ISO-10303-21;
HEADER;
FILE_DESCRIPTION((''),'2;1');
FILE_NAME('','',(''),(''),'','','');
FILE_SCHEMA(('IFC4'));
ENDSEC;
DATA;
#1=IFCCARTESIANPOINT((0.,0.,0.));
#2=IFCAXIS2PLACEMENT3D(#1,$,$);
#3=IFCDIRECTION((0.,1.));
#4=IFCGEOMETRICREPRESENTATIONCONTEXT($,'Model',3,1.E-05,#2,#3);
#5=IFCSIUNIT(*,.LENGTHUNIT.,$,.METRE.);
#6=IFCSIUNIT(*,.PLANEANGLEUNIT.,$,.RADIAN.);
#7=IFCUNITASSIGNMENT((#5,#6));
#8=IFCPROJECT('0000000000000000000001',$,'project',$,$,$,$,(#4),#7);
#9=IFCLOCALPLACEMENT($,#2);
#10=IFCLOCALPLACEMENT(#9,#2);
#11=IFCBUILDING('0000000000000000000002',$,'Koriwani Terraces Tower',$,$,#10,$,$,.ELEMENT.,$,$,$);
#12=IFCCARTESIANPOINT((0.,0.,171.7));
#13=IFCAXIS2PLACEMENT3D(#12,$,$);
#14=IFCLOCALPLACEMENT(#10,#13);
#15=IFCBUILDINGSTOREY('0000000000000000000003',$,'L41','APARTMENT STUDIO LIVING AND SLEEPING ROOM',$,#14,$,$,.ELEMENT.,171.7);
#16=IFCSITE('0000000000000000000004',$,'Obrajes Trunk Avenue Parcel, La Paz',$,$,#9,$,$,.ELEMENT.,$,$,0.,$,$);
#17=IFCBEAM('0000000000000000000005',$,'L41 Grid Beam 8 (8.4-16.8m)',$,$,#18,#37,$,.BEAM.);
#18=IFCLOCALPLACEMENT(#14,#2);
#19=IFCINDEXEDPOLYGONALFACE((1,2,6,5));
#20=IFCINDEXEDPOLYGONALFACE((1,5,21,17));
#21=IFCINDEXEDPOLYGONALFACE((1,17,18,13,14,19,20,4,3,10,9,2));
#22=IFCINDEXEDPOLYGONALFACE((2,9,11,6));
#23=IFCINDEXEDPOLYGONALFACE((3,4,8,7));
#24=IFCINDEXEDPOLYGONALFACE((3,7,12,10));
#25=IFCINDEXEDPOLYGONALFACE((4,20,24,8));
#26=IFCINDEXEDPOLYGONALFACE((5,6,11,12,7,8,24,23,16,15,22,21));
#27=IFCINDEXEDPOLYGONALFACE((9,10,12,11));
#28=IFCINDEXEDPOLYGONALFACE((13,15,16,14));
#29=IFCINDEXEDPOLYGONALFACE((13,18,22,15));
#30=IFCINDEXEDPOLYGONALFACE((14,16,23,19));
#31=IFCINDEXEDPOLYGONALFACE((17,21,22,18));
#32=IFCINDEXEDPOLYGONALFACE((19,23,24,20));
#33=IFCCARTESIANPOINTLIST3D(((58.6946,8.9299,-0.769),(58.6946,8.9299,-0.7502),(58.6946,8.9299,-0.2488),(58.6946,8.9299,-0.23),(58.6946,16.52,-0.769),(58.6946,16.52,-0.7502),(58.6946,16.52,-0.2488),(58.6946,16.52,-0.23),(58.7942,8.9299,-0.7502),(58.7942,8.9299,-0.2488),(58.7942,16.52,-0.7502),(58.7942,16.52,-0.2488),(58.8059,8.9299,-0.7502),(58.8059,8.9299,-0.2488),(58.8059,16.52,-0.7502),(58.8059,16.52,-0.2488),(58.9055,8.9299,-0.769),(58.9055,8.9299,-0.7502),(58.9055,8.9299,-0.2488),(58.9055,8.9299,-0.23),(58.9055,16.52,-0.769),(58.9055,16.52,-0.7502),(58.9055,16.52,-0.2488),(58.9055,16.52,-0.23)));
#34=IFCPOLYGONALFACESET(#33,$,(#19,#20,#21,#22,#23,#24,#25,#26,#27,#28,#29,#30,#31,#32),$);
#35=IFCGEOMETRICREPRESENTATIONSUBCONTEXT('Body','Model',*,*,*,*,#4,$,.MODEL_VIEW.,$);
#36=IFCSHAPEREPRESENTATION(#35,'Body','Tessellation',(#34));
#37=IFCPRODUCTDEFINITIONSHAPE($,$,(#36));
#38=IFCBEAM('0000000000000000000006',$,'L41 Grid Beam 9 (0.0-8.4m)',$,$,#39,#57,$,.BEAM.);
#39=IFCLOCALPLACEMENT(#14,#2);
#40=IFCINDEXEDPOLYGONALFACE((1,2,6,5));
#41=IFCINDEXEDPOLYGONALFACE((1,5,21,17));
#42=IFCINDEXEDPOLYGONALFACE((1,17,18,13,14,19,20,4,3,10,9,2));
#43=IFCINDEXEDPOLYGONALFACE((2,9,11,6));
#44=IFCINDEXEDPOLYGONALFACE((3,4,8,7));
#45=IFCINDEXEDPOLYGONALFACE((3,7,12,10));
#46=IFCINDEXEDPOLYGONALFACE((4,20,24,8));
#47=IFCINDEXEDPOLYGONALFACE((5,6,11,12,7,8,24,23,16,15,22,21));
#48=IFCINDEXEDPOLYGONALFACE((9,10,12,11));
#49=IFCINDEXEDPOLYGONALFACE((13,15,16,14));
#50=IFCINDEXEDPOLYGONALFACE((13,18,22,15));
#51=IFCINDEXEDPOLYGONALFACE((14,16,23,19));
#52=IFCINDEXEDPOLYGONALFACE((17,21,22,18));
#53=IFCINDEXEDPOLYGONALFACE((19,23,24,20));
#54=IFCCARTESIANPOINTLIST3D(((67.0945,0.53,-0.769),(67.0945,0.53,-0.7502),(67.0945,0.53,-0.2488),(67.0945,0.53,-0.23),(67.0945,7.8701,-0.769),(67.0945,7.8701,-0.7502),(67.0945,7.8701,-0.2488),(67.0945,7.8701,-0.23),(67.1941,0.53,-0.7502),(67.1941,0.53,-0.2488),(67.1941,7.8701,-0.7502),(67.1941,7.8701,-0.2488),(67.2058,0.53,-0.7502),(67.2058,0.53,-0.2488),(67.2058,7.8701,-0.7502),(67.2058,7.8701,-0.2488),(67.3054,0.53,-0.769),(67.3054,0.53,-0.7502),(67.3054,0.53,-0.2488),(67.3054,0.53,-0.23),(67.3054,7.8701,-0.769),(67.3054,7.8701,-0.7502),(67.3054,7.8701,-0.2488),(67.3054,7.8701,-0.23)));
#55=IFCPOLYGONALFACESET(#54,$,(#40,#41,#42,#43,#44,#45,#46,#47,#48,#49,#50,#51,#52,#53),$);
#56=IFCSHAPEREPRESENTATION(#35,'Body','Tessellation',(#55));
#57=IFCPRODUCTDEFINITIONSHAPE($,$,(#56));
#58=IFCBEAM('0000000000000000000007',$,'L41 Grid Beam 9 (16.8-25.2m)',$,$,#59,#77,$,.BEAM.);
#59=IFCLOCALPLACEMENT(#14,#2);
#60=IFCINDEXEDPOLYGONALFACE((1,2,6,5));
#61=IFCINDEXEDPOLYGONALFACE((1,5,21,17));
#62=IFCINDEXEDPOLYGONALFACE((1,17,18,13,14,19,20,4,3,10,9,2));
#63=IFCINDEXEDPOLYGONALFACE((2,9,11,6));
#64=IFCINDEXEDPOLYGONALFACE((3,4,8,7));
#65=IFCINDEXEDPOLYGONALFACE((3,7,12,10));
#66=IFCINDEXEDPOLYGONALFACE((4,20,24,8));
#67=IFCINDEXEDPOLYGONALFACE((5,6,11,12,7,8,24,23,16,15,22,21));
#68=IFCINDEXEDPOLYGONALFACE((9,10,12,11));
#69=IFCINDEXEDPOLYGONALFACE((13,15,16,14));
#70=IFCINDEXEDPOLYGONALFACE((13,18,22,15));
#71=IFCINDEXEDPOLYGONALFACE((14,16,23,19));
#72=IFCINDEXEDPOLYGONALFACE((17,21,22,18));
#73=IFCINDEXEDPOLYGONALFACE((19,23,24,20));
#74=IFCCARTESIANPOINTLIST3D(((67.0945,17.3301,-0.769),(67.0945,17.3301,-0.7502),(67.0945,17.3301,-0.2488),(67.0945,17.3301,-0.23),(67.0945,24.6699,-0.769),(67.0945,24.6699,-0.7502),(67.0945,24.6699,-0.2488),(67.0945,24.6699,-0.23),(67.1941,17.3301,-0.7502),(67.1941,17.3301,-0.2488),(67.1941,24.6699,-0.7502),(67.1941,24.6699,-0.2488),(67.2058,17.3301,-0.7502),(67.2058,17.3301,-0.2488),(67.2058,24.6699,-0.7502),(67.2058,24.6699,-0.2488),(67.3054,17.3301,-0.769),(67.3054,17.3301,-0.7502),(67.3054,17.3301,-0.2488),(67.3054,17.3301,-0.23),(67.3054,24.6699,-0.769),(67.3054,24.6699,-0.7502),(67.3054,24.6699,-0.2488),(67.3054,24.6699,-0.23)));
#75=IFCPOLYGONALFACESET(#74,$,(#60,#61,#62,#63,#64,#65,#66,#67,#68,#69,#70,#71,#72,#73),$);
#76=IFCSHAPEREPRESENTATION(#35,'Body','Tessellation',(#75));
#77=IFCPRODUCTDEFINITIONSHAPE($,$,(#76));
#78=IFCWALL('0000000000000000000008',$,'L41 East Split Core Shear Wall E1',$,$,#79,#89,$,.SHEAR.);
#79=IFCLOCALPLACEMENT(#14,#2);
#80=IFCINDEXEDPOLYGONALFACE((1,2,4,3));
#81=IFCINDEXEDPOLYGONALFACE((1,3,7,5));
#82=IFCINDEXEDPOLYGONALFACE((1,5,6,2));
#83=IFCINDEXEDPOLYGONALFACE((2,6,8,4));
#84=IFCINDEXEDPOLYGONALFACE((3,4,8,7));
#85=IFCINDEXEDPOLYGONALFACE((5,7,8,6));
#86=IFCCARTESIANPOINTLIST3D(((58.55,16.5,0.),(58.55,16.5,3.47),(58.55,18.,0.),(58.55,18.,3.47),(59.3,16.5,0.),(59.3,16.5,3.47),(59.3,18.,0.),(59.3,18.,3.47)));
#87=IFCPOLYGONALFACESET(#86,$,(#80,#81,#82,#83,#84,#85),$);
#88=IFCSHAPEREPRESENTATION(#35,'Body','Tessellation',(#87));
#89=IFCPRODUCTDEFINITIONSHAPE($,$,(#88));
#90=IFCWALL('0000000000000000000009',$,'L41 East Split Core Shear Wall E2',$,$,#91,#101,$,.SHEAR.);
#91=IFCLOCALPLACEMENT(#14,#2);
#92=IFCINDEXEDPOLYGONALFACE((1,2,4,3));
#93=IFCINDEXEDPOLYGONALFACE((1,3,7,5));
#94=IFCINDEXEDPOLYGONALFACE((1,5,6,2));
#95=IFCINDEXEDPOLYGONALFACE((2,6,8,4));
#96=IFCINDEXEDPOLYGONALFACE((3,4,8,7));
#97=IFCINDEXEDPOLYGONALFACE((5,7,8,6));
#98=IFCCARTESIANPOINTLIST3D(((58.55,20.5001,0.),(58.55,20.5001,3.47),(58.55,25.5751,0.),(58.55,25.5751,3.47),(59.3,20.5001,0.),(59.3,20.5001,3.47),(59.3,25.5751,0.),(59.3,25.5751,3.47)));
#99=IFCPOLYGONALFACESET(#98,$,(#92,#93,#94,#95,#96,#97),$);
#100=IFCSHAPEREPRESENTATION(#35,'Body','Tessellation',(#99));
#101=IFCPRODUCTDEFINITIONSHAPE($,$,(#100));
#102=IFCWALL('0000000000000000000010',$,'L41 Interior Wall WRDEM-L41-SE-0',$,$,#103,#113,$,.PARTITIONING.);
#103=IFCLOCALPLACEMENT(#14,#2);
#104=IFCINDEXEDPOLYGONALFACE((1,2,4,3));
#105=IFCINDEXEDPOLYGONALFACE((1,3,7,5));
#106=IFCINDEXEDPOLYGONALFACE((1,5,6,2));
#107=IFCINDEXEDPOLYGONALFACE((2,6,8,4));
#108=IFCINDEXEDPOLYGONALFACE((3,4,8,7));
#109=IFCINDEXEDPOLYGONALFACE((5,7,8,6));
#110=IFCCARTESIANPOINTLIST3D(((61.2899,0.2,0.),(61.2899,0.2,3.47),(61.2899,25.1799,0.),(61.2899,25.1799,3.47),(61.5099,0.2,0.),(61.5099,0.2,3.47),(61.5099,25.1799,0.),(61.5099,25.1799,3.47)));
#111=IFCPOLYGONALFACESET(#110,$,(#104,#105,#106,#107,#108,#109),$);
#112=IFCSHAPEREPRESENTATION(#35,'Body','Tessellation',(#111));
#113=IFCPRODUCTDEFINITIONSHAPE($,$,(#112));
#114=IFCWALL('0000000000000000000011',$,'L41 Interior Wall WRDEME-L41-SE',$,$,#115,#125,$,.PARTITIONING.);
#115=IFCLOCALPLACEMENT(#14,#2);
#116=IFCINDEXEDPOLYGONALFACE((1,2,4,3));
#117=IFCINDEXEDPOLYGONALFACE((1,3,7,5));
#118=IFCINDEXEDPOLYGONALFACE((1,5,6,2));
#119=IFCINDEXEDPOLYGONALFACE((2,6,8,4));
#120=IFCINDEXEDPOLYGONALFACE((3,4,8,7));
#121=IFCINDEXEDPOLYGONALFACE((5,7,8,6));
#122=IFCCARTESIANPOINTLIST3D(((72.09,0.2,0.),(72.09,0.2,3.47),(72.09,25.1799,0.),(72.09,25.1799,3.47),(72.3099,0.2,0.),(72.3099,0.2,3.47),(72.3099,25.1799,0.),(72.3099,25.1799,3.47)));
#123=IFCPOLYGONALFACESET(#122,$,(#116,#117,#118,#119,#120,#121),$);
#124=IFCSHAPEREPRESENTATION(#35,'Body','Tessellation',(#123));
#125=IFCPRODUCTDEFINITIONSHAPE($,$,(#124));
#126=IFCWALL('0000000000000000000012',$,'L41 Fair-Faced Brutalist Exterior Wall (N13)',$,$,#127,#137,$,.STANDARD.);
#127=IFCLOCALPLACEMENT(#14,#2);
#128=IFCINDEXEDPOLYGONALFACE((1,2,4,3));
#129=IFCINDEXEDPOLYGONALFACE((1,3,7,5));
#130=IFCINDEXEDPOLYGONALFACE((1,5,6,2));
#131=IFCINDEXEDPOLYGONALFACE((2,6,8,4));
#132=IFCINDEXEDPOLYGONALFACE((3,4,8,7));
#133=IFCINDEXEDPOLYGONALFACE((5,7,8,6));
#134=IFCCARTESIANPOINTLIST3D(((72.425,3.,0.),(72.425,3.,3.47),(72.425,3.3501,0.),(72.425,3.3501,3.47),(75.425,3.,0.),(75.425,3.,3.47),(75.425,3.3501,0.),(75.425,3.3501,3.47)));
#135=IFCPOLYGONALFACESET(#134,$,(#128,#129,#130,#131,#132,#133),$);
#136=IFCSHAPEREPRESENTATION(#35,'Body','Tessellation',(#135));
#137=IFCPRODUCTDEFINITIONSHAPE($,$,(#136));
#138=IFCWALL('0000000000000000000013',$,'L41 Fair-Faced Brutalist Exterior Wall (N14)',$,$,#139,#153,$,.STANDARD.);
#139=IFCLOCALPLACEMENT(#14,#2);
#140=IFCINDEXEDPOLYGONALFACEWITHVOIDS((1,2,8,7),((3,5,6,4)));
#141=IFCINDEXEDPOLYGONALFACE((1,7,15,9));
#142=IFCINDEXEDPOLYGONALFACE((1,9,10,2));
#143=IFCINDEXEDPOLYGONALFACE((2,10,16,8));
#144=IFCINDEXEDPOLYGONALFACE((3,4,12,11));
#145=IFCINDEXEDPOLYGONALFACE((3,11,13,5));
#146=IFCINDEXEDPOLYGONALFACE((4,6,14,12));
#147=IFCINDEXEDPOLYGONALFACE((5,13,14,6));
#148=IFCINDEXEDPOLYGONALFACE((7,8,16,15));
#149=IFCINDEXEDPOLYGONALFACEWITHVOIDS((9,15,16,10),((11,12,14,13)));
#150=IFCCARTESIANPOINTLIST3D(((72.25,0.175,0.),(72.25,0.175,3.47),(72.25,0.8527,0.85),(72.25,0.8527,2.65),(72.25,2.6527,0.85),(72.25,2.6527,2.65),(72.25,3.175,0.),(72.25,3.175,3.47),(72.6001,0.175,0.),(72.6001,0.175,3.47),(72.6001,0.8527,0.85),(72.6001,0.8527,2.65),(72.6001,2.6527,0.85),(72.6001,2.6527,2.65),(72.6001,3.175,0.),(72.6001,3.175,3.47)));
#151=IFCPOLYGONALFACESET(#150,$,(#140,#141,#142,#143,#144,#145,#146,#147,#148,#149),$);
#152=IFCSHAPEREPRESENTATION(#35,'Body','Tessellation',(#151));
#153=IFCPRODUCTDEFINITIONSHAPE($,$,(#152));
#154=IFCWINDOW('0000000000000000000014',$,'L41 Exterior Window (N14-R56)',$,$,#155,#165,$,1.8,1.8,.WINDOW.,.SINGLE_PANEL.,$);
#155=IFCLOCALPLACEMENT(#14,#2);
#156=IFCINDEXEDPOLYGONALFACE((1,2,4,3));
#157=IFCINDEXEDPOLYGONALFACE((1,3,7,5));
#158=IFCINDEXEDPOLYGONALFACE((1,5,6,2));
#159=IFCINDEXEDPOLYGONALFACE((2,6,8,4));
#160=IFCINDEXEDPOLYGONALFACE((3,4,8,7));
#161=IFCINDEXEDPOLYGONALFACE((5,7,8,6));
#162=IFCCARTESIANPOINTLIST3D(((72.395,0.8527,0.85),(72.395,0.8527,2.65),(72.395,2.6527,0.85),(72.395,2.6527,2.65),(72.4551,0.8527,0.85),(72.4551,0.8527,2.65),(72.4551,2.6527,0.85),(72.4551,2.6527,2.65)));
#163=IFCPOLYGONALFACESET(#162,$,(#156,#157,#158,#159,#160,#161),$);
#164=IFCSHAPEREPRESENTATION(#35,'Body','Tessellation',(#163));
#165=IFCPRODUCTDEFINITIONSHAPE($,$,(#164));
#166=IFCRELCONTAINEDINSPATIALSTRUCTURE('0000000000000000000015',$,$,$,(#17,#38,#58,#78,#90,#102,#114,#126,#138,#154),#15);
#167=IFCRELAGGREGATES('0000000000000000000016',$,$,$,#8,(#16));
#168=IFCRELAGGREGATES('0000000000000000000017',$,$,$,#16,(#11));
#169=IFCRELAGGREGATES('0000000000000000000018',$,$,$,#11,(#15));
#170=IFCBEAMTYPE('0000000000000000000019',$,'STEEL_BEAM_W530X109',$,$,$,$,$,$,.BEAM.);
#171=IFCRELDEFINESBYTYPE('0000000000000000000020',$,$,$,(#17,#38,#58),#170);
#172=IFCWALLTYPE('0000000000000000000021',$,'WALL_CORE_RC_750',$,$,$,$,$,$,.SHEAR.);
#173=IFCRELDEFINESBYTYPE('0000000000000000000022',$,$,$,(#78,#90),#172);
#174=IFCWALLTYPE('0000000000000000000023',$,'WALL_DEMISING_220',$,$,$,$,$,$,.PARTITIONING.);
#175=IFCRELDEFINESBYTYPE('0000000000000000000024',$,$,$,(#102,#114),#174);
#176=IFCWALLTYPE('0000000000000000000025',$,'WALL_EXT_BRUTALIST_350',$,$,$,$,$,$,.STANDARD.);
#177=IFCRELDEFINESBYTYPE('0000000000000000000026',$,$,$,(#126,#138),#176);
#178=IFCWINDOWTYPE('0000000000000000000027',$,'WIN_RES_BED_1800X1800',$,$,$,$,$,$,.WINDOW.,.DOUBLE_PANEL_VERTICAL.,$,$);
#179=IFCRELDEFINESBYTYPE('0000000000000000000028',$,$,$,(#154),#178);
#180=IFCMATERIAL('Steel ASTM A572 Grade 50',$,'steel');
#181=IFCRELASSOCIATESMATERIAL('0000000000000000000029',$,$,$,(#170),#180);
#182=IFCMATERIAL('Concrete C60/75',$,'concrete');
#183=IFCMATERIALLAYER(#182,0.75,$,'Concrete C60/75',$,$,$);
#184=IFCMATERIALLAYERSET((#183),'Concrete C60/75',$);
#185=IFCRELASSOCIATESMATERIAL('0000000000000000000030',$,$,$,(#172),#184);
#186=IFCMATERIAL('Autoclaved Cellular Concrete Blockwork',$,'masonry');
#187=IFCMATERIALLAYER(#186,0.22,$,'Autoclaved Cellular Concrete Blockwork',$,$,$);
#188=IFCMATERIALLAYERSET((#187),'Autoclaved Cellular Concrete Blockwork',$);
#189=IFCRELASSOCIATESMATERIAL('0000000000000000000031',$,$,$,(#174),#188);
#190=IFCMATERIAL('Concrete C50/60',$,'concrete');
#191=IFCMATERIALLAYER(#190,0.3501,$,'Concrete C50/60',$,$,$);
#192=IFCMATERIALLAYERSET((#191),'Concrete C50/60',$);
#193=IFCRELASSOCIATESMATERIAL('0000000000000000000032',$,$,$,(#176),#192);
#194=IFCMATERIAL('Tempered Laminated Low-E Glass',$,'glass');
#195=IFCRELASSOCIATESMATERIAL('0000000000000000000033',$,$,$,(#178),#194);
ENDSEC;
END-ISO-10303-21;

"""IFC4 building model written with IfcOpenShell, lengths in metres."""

from ifc_helpers import new_model, si_unit, direction, frame, frame_2d, origin, origin_2d, place, context, subcontext, project, spatial, rectangle, i_section, extrude, material, layer, layer_set, material_profile, profile_set, type_object, element, fill, save


model = new_model("IFC4")

# Units and contexts
model_context = context("Model", 3, precision=1e-05, world=origin(), true_north=direction((0.0, 1.0)))
body_context = subcontext(model_context, "Body", "Model", "MODEL_VIEW")
ifc_project = project(units=[si_unit("LENGTHUNIT", "METRE"), si_unit("PLANEANGLEUNIT", "RADIAN")], contexts=[model_context])

# Site, building, storey
site_placement = place(None, origin())
site = spatial("IfcSite", under=ifc_project, at=site_placement, Name="Obrajes Trunk Avenue Parcel, La Paz", CompositionType="ELEMENT", RefElevation=0.0)
building_placement = place(site_placement, origin())
building = spatial("IfcBuilding", under=site, at=building_placement, Name="Koriwani Terraces Tower", CompositionType="ELEMENT")
storey_placement = place(building_placement, frame((0.0, 0.0, 171.7)))
storey = spatial("IfcBuildingStorey", under=building, at=storey_placement, Name="L41", Description="APARTMENT STUDIO LIVING AND SLEEPING ROOM", CompositionType="ELEMENT", Elevation=171.7)

# Shared definitions
ifc_material_1 = material(Name="Concrete C50/60", Category="concrete")

# Beams
ifc_material_2 = material(Name="Concrete C60/75", Category="concrete")
ifc_material_3 = material(Name="Steel ASTM A572 Grade 50", Category="steel")
ifc_material_profile_1 = material_profile(ifc_material_3, i_section(OverallWidth=0.2109, OverallDepth=0.5391, WebThickness=0.0117, FlangeThickness=0.0188, at=origin_2d()), Name="Steel ASTM A572 Grade 50", Category="LoadBearing")
ifc_profile_set_1 = profile_set([ifc_material_profile_1], Name="Steel ASTM A572 Grade 50")
beam_type_1 = type_object("IfcBeamType", Name="STEEL_BEAM_W530X109", PredefinedType="BEAM", material=ifc_profile_set_1)
beam_1_placement = place(storey_placement, frame((58.8, 8.9299, -0.4995), z_axis=(0.0, 1.0, 0.0), x_axis=(-1.0, 0.0, 0.0)))
element("IfcBeam", 1, at=beam_1_placement, inside=storey, type_object=beam_type_1, Name="L41 Grid Beam 8 (8.4-16.8m)", PredefinedType="BEAM", context=body_context, shape_type="SweptSolid", body=[
    extrude(i_section(OverallWidth=0.2109, OverallDepth=0.5391, WebThickness=0.0117, FlangeThickness=0.0188, at=origin_2d()), origin(), (0.0, 0.0, 1.0), 7.5901),
])
beam_2_placement = place(storey_placement, frame((67.2, 0.53, -0.4995), z_axis=(0.0, 1.0, 0.0), x_axis=(-1.0, 0.0, 0.0)))
element("IfcBeam", 2, at=beam_2_placement, inside=storey, type_object=beam_type_1, Name="L41 Grid Beam 9 (0.0-8.4m)", PredefinedType="BEAM", context=body_context, shape_type="SweptSolid", body=[
    extrude(i_section(OverallWidth=0.2109, OverallDepth=0.5391, WebThickness=0.0117, FlangeThickness=0.0188, at=origin_2d()), origin(), (0.0, 0.0, 1.0), 7.3401),
])
beam_3_placement = place(storey_placement, frame((67.2, 17.3301, -0.4995), z_axis=(0.0, 1.0, 0.0), x_axis=(-1.0, 0.0, 0.0)))
element("IfcBeam", 3, at=beam_3_placement, inside=storey, type_object=beam_type_1, Name="L41 Grid Beam 9 (16.8-25.2m)", PredefinedType="BEAM", context=body_context, shape_type="SweptSolid", body=[
    extrude(i_section(OverallWidth=0.2109, OverallDepth=0.5391, WebThickness=0.0117, FlangeThickness=0.0188, at=origin_2d()), origin(), (0.0, 0.0, 1.0), 7.3398),
])

# Walls
ifc_layer_1 = layer(ifc_material_2, 0.75, Name="Concrete C60/75")
ifc_layer_set_1 = layer_set([ifc_layer_1], Name="Concrete C60/75")
wall_type_1 = type_object("IfcWallType", Name="WALL_CORE_RC_750", PredefinedType="SHEAR", material=ifc_layer_set_1)
wall_1_placement = place(storey_placement, frame((58.925, 16.5, 0.0), z_axis=(0.0, 0.0, 1.0), x_axis=(0.0, 1.0, 0.0)))
element("IfcWall", 4, at=wall_1_placement, inside=storey, type_object=wall_type_1, Name="L41 East Split Core Shear Wall E1", PredefinedType="SHEAR", context=body_context, shape_type="SweptSolid", body=[
    extrude(rectangle(XDim=1.5, YDim=0.75, at=frame_2d((0.75, 0.0))), origin(), (0.0, 0.0, 1.0), 3.47),
])
wall_2_placement = place(storey_placement, frame((58.925, 20.5, 0.0), z_axis=(0.0, 0.0, 1.0), x_axis=(0.0, 1.0, 0.0)))
element("IfcWall", 5, at=wall_2_placement, inside=storey, type_object=wall_type_1, Name="L41 East Split Core Shear Wall E2", PredefinedType="SHEAR", context=body_context, shape_type="SweptSolid", body=[
    extrude(rectangle(XDim=5.075, YDim=0.75, at=frame_2d((2.5376, 0.0))), origin(), (0.0, 0.0, 1.0), 3.47),
])
ifc_material_4 = material(Name="Autoclaved Cellular Concrete Blockwork", Category="masonry")
ifc_layer_2 = layer(ifc_material_4, 0.22, Name="Autoclaved Cellular Concrete Blockwork")
ifc_layer_set_2 = layer_set([ifc_layer_2], Name="Autoclaved Cellular Concrete Blockwork")
wall_type_2 = type_object("IfcWallType", Name="WALL_DEMISING_220", PredefinedType="PARTITIONING", material=ifc_layer_set_2)
for number, where, z_axis, x_axis, name in (
    (6, (61.3999, 0.2, 0.0), (0.0, 0.0, 1.0), (0.0, 1.0, 0.0), "L41 Interior Wall WRDEM-L41-SE-0"),
    (7, (72.2, 0.2, 0.0), (0.0, 0.0, 1.0), (0.0, 1.0, 0.0), "L41 Interior Wall WRDEME-L41-SE"),
):
    element("IfcWall", number, at=place(storey_placement, frame(where, z_axis=z_axis, x_axis=x_axis)), inside=storey, type_object=wall_type_2, Name=name, PredefinedType="PARTITIONING", context=body_context, shape_type="SweptSolid", body=[
        extrude(rectangle(XDim=24.98, YDim=0.22, at=frame_2d((12.49, 0.0))), origin(), (0.0, 0.0, 1.0), 3.47),
    ])
ifc_layer_3 = layer(ifc_material_1, 0.3501, Name="Concrete C50/60")
ifc_layer_set_3 = layer_set([ifc_layer_3], Name="Concrete C50/60")
wall_type_3 = type_object("IfcWallType", Name="WALL_EXT_BRUTALIST_350", PredefinedType="STANDARD", material=ifc_layer_set_3)
wall_3_placement = place(storey_placement, frame((75.425, 3.175, 0.0), z_axis=(0.0, 0.0, 1.0), x_axis=(-1.0, 0.0, 0.0)))
element("IfcWall", 8, at=wall_3_placement, inside=storey, type_object=wall_type_3, Name="L41 Fair-Faced Brutalist Exterior Wall (N13)", PredefinedType="STANDARD", context=body_context, shape_type="SweptSolid", body=[
    extrude(rectangle(XDim=3.0, YDim=0.3501, at=frame_2d((1.5, 0.0))), origin(), (0.0, 0.0, 1.0), 3.47),
])

# Wall, opening, window
wall_4_placement = place(storey_placement, frame((72.425, 3.175, 0.0), z_axis=(0.0, 0.0, 1.0), x_axis=(0.0, -1.0, 0.0)))
wall_4 = element("IfcWall", 9, at=wall_4_placement, inside=storey, type_object=wall_type_3, Name="L41 Fair-Faced Brutalist Exterior Wall (N14)", PredefinedType="STANDARD", context=body_context, shape_type="SweptSolid", body=[
    extrude(rectangle(XDim=3.0, YDim=0.3501, at=frame_2d((1.5, 0.0))), origin(), (0.0, 0.0, 1.0), 3.47),
])
opening_1_placement = place(wall_4_placement, frame((0.5225, 0.0, 0.8501)))
opening_1 = element("IfcOpeningElement", 10, at=opening_1_placement, cuts=wall_4, PredefinedType="OPENING", context=body_context, shape_type="SweptSolid", body=[
    extrude(rectangle(XDim=1.8, YDim=1.8, at=frame_2d((0.8999, 0.8999))), frame((0.0, 0.1851, 0.0), z_axis=(0.0, -1.0, 0.0), x_axis=(1.0, 0.0, 0.0)), (0.0, 0.0, 1.0), 0.3701),
])
ifc_material_5 = material(Name="Tempered Laminated Low-E Glass", Category="glass")
window_type_1 = type_object("IfcWindowType", Name="WIN_RES_BED_1800X1800", PartitioningType="DOUBLE_PANEL_VERTICAL", PredefinedType="WINDOW", material=ifc_material_5)
window_1_placement = place(opening_1_placement, origin())
window_1 = element("IfcWindow", 11, at=window_1_placement, inside=storey, type_object=window_type_1, Name="L41 Exterior Window (N14-R56)", OverallHeight=1.8, OverallWidth=1.8, PartitioningType="SINGLE_PANEL", PredefinedType="WINDOW", context=body_context, shape_type="SweptSolid", body=[
    extrude(rectangle(XDim=1.8, YDim=1.8, at=frame_2d((0.8999, 0.8999))), frame((0.0, 0.03, 0.0), z_axis=(0.0, -1.0, 0.0), x_axis=(1.0, 0.0, 0.0)), (0.0, 0.0, 1.0), 0.0601),
])
fill(opening_1, window_1)

save(model, "model.ifc")
